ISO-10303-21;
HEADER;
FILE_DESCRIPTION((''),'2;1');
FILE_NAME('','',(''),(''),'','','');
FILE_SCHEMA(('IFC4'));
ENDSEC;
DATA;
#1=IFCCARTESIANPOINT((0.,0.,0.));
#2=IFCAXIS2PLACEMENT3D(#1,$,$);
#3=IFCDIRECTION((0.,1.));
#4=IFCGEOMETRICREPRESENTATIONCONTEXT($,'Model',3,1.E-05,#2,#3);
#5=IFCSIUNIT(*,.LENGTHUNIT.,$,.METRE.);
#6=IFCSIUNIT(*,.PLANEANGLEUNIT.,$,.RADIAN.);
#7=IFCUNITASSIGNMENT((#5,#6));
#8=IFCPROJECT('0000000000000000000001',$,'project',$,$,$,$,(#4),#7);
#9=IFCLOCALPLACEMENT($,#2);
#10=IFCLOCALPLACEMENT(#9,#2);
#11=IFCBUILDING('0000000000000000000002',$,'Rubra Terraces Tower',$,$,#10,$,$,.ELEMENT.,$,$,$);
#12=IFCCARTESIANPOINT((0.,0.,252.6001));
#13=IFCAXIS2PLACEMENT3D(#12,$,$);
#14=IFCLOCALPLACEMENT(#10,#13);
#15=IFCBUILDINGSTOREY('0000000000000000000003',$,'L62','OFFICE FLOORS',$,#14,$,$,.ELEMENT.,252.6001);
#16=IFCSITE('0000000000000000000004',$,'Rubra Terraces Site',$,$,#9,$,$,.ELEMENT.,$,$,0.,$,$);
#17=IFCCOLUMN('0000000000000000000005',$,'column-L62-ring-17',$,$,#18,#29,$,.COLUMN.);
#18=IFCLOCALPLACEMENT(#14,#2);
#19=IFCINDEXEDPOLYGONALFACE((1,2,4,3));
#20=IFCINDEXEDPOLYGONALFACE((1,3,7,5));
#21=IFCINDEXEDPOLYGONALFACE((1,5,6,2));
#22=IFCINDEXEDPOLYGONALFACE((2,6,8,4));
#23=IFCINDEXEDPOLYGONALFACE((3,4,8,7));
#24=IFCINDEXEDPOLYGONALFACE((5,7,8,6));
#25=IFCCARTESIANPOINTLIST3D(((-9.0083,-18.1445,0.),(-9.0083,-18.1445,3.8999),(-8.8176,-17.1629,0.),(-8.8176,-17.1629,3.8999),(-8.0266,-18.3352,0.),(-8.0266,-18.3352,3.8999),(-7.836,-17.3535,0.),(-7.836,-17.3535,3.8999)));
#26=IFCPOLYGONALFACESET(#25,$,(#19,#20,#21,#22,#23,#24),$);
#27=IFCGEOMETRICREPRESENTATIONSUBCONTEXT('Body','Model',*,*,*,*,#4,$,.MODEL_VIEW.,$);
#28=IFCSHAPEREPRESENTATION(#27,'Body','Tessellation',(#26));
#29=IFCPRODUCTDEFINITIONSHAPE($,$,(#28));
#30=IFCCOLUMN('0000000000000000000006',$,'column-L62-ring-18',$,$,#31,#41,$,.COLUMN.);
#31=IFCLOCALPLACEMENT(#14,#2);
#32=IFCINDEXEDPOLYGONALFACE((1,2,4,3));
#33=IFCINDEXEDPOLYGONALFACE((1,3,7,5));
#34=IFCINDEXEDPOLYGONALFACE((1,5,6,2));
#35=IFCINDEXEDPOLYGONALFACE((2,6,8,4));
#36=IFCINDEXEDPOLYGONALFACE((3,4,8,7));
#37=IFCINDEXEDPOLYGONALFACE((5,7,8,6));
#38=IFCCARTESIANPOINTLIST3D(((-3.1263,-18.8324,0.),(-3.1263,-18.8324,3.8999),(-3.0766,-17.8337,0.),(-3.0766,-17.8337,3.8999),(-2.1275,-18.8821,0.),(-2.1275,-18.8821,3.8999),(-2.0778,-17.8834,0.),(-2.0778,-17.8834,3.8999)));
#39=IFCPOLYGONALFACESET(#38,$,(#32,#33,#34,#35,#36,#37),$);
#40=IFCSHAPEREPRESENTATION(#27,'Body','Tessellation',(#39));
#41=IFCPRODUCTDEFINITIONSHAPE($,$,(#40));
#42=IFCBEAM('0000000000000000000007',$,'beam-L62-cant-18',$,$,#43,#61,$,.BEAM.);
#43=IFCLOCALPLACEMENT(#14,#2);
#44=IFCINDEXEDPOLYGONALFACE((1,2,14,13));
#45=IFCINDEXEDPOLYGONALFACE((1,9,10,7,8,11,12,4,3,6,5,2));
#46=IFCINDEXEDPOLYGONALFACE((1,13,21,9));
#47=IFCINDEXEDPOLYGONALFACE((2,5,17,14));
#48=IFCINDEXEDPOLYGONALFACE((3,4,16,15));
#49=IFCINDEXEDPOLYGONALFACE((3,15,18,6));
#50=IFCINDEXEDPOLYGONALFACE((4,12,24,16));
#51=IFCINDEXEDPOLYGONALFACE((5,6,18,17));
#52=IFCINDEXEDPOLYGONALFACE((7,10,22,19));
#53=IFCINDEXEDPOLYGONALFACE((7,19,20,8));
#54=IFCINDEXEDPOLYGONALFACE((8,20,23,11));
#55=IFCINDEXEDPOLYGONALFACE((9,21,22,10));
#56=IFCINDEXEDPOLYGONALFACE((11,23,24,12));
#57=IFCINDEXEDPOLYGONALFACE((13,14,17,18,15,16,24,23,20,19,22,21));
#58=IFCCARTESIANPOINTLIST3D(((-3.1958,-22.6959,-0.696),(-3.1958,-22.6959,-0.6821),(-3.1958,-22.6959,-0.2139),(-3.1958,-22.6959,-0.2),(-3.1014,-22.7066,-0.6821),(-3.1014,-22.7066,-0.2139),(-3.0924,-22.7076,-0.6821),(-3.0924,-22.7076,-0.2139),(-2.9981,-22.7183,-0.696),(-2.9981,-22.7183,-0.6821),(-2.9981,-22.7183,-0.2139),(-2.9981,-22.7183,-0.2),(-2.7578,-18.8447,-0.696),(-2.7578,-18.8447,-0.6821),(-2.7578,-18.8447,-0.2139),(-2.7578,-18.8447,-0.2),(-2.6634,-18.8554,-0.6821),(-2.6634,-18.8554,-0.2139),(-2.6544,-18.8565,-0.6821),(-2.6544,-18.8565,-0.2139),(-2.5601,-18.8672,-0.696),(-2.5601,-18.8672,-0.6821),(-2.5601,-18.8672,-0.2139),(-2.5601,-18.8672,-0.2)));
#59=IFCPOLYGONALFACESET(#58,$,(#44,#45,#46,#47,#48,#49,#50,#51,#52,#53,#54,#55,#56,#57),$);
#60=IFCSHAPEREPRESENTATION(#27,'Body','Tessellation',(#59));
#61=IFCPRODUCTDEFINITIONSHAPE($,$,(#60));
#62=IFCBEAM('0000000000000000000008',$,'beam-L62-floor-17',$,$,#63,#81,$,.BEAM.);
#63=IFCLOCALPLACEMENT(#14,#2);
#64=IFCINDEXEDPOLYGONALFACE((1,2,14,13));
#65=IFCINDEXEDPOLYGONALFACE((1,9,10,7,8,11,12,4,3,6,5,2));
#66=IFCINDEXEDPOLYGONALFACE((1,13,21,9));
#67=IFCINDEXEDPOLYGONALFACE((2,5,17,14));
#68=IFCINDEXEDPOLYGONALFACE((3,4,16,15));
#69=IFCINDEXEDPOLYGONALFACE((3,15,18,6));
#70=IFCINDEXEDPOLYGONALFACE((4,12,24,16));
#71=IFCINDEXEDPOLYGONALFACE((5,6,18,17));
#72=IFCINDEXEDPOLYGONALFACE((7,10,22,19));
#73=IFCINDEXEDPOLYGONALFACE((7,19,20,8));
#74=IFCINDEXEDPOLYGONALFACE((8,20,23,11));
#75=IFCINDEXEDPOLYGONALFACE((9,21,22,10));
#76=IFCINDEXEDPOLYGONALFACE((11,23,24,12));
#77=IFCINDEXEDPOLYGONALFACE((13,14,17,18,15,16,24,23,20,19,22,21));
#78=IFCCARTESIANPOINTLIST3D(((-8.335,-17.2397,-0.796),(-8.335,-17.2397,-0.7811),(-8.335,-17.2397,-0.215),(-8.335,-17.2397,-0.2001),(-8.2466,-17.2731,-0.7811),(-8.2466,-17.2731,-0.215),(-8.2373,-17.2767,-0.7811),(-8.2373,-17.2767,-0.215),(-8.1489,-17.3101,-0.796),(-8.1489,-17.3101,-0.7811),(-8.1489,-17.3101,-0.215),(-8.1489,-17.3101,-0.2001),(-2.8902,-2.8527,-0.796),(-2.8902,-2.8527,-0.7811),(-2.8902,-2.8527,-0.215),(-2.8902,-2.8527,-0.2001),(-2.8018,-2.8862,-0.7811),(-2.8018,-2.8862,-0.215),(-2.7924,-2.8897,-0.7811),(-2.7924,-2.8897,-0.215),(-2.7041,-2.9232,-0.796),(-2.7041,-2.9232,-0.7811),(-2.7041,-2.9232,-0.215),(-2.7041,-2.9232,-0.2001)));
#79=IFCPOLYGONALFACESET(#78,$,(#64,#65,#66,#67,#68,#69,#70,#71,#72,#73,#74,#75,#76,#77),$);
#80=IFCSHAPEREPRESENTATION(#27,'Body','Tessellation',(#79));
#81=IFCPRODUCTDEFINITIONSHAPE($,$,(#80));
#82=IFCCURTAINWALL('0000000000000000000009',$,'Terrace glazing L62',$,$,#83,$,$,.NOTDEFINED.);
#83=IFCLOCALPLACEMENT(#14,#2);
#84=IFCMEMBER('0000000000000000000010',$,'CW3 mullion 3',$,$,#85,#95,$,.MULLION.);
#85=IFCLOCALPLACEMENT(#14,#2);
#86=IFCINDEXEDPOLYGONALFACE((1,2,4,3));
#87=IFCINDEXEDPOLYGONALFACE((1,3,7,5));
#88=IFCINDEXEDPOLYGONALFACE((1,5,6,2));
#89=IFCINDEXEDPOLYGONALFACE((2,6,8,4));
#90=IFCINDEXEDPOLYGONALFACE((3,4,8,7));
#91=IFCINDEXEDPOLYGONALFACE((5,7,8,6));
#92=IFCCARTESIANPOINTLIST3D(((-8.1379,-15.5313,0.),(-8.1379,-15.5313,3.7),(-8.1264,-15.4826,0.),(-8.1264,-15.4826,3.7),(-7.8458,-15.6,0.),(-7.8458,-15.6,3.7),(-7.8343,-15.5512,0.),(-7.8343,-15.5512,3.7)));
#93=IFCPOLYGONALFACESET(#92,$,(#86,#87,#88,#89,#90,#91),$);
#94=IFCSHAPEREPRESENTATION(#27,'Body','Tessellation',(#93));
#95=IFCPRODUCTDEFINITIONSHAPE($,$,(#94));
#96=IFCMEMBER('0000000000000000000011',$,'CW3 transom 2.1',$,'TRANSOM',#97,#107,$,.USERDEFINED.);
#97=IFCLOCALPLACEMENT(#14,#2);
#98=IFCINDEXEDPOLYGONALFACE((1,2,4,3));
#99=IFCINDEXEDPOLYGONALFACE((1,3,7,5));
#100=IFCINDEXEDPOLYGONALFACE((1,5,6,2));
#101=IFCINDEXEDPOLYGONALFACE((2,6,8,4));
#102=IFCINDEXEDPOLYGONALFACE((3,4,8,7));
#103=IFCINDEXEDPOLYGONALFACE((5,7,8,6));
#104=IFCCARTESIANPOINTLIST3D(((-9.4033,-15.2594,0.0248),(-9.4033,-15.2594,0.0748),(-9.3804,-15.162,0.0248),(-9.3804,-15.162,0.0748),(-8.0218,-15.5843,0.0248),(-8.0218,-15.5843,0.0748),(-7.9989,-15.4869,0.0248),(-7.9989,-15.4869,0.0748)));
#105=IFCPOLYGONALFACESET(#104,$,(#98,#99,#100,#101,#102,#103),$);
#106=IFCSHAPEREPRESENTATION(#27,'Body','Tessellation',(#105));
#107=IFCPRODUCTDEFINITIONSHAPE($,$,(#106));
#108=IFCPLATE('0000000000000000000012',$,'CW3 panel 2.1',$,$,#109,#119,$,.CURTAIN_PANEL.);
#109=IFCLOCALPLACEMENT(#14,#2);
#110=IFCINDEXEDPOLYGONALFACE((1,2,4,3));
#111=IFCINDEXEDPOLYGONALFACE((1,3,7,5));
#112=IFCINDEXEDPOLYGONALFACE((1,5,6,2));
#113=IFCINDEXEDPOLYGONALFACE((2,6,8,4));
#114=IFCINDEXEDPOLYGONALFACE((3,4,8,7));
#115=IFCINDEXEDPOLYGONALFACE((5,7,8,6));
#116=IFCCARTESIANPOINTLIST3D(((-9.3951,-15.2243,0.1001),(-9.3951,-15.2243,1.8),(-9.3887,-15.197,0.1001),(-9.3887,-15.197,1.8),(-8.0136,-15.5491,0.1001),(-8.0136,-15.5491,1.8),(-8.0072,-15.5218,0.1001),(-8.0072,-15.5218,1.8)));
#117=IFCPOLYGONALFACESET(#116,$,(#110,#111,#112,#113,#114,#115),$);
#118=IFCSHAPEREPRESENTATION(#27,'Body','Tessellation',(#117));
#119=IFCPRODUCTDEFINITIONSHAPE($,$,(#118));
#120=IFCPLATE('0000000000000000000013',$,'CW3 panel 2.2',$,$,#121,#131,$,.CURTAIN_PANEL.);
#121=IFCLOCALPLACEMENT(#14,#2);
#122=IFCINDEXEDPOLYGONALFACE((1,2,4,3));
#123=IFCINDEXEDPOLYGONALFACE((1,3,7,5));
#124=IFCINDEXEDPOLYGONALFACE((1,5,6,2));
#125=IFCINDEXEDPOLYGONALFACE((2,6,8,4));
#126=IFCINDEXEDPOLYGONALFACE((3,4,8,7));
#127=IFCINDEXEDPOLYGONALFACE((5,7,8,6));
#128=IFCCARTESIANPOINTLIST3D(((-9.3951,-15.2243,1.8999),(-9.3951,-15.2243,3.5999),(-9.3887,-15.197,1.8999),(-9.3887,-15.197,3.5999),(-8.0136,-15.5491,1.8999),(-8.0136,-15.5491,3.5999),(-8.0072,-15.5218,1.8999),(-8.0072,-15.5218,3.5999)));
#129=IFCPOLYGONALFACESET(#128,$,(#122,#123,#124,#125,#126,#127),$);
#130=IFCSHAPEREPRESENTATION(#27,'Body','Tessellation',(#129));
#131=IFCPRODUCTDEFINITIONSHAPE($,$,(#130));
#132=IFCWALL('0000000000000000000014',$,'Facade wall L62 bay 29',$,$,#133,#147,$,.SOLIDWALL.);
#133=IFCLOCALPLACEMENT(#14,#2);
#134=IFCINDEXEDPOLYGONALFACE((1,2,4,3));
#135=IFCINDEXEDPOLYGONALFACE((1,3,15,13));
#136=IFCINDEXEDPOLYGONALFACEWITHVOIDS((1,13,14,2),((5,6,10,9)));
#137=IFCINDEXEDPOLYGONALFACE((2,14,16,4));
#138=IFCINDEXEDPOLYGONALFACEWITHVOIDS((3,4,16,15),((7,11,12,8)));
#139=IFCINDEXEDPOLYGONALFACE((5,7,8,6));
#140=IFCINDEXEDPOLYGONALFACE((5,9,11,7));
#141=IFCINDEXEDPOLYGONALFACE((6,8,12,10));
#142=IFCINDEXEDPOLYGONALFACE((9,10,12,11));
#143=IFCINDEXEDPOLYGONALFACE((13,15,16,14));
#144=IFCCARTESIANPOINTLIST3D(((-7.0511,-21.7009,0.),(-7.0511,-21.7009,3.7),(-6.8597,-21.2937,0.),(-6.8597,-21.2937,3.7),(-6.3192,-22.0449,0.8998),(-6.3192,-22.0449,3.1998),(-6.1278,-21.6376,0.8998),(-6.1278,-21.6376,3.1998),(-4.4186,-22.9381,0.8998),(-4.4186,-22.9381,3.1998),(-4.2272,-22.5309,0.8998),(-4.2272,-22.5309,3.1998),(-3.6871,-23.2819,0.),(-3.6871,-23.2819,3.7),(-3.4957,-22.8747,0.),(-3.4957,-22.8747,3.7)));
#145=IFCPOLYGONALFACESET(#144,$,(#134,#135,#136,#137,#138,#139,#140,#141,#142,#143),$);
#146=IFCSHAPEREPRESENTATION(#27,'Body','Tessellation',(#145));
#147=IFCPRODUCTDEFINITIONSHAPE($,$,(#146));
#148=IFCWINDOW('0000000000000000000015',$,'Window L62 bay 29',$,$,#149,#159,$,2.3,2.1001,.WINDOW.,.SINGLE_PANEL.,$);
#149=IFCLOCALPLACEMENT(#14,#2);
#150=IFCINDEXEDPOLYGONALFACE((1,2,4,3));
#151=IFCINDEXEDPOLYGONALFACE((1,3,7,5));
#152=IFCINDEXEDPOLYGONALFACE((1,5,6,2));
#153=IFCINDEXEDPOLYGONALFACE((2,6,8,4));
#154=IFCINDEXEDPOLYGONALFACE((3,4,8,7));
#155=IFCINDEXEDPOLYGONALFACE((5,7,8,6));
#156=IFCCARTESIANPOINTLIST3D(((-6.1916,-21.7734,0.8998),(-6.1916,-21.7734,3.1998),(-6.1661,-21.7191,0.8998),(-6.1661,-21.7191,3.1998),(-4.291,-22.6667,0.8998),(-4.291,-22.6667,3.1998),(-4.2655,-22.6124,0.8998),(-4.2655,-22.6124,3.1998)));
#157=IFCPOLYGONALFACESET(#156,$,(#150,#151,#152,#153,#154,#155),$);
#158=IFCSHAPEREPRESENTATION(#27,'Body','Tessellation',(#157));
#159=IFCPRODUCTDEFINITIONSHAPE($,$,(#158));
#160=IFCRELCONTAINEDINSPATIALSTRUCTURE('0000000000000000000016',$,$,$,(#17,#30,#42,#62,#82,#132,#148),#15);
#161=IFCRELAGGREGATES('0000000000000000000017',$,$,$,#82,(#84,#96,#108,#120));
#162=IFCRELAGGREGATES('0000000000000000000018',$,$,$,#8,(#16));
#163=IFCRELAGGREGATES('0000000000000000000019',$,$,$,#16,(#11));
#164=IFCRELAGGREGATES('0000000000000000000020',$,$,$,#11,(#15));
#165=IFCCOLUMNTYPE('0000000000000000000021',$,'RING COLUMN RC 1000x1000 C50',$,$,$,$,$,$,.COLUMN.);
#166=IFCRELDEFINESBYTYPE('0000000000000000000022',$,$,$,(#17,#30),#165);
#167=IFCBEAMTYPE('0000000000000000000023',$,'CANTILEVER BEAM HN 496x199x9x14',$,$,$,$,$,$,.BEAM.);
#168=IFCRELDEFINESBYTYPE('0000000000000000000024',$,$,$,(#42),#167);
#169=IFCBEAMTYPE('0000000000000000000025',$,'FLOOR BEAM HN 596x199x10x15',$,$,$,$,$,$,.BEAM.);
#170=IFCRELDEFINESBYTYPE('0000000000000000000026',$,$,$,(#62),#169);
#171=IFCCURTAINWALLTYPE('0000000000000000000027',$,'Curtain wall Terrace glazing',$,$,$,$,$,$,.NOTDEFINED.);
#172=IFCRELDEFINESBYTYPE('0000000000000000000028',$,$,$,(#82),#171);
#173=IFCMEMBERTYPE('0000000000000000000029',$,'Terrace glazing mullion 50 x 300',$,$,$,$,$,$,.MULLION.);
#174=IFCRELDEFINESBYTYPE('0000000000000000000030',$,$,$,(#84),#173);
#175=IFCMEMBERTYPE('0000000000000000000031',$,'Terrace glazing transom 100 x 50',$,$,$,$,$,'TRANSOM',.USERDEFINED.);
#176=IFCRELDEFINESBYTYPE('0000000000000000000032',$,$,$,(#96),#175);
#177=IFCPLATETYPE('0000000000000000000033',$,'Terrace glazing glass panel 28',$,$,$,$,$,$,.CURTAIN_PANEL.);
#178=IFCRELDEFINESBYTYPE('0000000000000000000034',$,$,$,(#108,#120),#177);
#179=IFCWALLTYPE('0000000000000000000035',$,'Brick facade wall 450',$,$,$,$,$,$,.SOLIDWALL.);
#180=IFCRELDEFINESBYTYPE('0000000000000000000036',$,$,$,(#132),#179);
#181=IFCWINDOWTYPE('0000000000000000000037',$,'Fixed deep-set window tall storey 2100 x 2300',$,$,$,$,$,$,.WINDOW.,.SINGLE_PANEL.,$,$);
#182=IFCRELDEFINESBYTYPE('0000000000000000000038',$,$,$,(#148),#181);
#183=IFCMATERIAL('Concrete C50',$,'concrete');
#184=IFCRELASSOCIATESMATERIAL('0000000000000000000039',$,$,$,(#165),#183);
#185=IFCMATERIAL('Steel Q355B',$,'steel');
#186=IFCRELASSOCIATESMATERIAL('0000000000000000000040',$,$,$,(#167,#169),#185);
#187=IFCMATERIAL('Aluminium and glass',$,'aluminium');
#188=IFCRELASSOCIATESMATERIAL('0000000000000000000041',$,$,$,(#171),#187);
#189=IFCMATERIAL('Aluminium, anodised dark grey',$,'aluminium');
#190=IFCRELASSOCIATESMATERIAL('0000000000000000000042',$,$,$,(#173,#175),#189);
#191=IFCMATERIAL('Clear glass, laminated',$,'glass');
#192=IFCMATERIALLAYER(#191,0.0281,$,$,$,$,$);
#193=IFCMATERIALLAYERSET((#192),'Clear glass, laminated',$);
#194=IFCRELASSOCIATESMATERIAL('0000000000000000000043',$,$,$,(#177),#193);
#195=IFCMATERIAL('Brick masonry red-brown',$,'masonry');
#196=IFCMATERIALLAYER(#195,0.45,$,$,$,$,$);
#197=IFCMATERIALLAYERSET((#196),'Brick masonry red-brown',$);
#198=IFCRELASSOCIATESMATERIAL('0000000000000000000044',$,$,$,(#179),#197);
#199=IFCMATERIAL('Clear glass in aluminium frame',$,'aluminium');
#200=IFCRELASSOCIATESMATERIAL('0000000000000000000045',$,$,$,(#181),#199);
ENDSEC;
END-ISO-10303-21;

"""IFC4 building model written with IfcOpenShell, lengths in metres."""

from ifc_helpers import new_model, si_unit, direction, frame, frame_2d, origin, origin_2d, place, context, subcontext, project, spatial, rectangle, i_section, extrude, material, layer, layer_set, material_profile, profile_set, type_object, element, fill, aggregate, save


model = new_model("IFC4")

# Units and contexts
model_context = context("Model", 3, precision=1e-05, world=origin(), true_north=direction((0.0, 1.0)))
body_context = subcontext(model_context, "Body", "Model", "MODEL_VIEW")
ifc_project = project(units=[si_unit("LENGTHUNIT", "METRE"), si_unit("PLANEANGLEUNIT", "RADIAN")], contexts=[model_context])

# Site, building, storey
site_placement = place(None, origin())
site = spatial("IfcSite", under=ifc_project, at=site_placement, Name="Rubra Terraces Site", CompositionType="ELEMENT", RefElevation=0.0)
building_placement = place(site_placement, origin())
building = spatial("IfcBuilding", under=site, at=building_placement, Name="Rubra Terraces Tower", CompositionType="ELEMENT")
storey_placement = place(building_placement, frame((0.0, 0.0, 252.6001)))
storey = spatial("IfcBuildingStorey", under=building, at=storey_placement, Name="L62", Description="OFFICE FLOORS", CompositionType="ELEMENT", Elevation=252.6001)

# Columns
ifc_material_1 = material(Name="Concrete C50", Category="concrete")
ifc_material_profile_1 = material_profile(ifc_material_1, rectangle(XDim=1.0, YDim=1.0, at=origin_2d()), Name="RC 1000x1000")
ifc_profile_set_1 = profile_set([ifc_material_profile_1], Name="Concrete C50")
column_type = type_object("IfcColumnType", Name="RING COLUMN RC 1000x1000 C50", PredefinedType="COLUMN", material=ifc_profile_set_1)
for number, where, z_axis, x_axis, name in (
    (1, (-8.4221, -17.749, 0.0), (0.0, 0.0, 1.0), (0.981655, -0.190668, 0.0), "column-L62-ring-17"),
    (2, (-2.6021, -18.3579, 0.0), (0.0, 0.0, 1.0), (0.998764, -0.049699, 0.0), "column-L62-ring-18"),
):
    element("IfcColumn", number, at=place(storey_placement, frame(where, z_axis=z_axis, x_axis=x_axis)), inside=storey, type_object=column_type, Name=name, PredefinedType="COLUMN", context=body_context, shape_type="SweptSolid", body=[
        extrude(rectangle(XDim=1.0, YDim=1.0, at=origin_2d()), origin(), (0.0, 0.0, 1.0), 3.8999),
    ])

# Beams
ifc_material_2 = material(Name="Steel Q355B", Category="steel")
ifc_material_profile_2 = material_profile(ifc_material_2, i_section(OverallWidth=0.199, OverallDepth=0.4961, WebThickness=0.009, FlangeThickness=0.0139, at=origin_2d()), Name="HN 496x199x9x14")
ifc_profile_set_2 = profile_set([ifc_material_profile_2], Name="Steel Q355B")
beam_type_1 = type_object("IfcBeamType", Name="CANTILEVER BEAM HN 496x199x9x14", PredefinedType="BEAM", material=ifc_profile_set_2)
beam_1_placement = place(storey_placement, frame((-2.6589, -18.856, -0.448), z_axis=(-0.113003, -0.993595, 0.0), x_axis=(0.993595, -0.113003, 0.0)))
element("IfcBeam", 3, at=beam_1_placement, inside=storey, type_object=beam_type_1, Name="beam-L62-cant-18", PredefinedType="BEAM", context=body_context, shape_type="SweptSolid", body=[
    extrude(i_section(OverallWidth=0.199, OverallDepth=0.4961, WebThickness=0.009, FlangeThickness=0.0139, at=origin_2d()), origin(), (0.0, 0.0, 1.0), 3.876),
])
ifc_material_profile_3 = material_profile(ifc_material_2, i_section(OverallWidth=0.199, OverallDepth=0.5959, WebThickness=0.01, FlangeThickness=0.0149, at=origin_2d()), Name="HN 596x199x10x15")
ifc_profile_set_3 = profile_set([ifc_material_profile_3], Name="Steel Q355B")
beam_type_2 = type_object("IfcBeamType", Name="FLOOR BEAM HN 596x199x10x15", PredefinedType="BEAM", material=ifc_profile_set_3)
beam_2_placement = place(storey_placement, frame((-8.2419, -17.2749, -0.498), z_axis=(0.353955, 0.935262, 0.0), x_axis=(-0.935262, 0.353955, 0.0)))
element("IfcBeam", 4, at=beam_2_placement, inside=storey, type_object=beam_type_2, Name="beam-L62-floor-17", PredefinedType="BEAM", context=body_context, shape_type="SweptSolid", body=[
    extrude(i_section(OverallWidth=0.199, OverallDepth=0.5959, WebThickness=0.01, FlangeThickness=0.0149, at=origin_2d()), origin(), (0.0, 0.0, 1.0), 15.3828),
])

# Curtain wall, members, plates
ifc_material_3 = material(Name="Aluminium and glass", Category="aluminium")
curtain_wall_type = type_object("IfcCurtainWallType", Name="Curtain wall Terrace glazing", PredefinedType="NOTDEFINED", material=ifc_material_3)
curtain_wall_placement = place(storey_placement, origin())
curtain_wall = element("IfcCurtainWall", 5, at=curtain_wall_placement, inside=storey, type_object=curtain_wall_type, Name="Terrace glazing L62", PredefinedType="NOTDEFINED")
ifc_material_4 = material(Name="Aluminium, anodised dark grey", Category="aluminium")
ifc_material_profile_4 = material_profile(ifc_material_4, rectangle(XDim=0.05, YDim=0.3, at=origin_2d()), Name="AL 50x300")
ifc_profile_set_4 = profile_set([ifc_material_profile_4], Name="Aluminium, anodised dark grey")
member_type_1 = type_object("IfcMemberType", Name="Terrace glazing mullion 50 x 300", PredefinedType="MULLION", material=ifc_profile_set_4)
member_1_placement = place(storey_placement, frame((-7.9861, -15.5413, 0.0), z_axis=(0.0, 0.0, 1.0), x_axis=(0.22889, 0.973452, 0.0)))
member_1 = element("IfcMember", 6, at=member_1_placement, type_object=member_type_1, Name="CW3 mullion 3", PredefinedType="MULLION", context=body_context, shape_type="SweptSolid", body=[
    extrude(rectangle(XDim=0.05, YDim=0.3, at=origin_2d()), origin(), (0.0, 0.0, 1.0), 3.7),
])
ifc_material_profile_5 = material_profile(ifc_material_4, rectangle(XDim=0.1001, YDim=0.05, at=origin_2d()), Name="AL 100x50")
ifc_profile_set_5 = profile_set([ifc_material_profile_5], Name="Aluminium, anodised dark grey")
member_type_2 = type_object("IfcMemberType", Name="Terrace glazing transom 100 x 50", ElementType="TRANSOM", PredefinedType="USERDEFINED", material=ifc_profile_set_5)
member_2_placement = place(storey_placement, frame((-9.3918, -15.2107, 0.0498), z_axis=(0.973437, -0.228953, 0.0), x_axis=(0.228953, 0.973437, 0.0)))
member_2 = element("IfcMember", 7, at=member_2_placement, type_object=member_type_2, Name="CW3 transom 2.1", ObjectType="TRANSOM", PredefinedType="USERDEFINED", context=body_context, shape_type="SweptSolid", body=[
    extrude(rectangle(XDim=0.1001, YDim=0.05, at=origin_2d()), origin(), (0.0, 0.0, 1.0), 1.4192),
])
ifc_material_5 = material(Name="Clear glass, laminated", Category="glass")
ifc_layer_1 = layer(ifc_material_5, 0.0281)
ifc_layer_set_1 = layer_set([ifc_layer_1], Name="Clear glass, laminated")
plate_type = type_object("IfcPlateType", Name="Terrace glazing glass panel 28", PredefinedType="CURTAIN_PANEL", material=ifc_layer_set_1)
plate_1_placement = place(storey_placement, frame((-8.7012, -15.373, 0.1001), z_axis=(0.0, 0.0, 1.0), x_axis=(0.973452, -0.22889, 0.0)))
plate_1 = element("IfcPlate", 8, at=plate_1_placement, type_object=plate_type, Name="CW3 panel 2.1", PredefinedType="CURTAIN_PANEL", context=body_context, shape_type="SweptSolid", body=[
    extrude(rectangle(XDim=1.4192, YDim=0.0281, at=origin_2d()), origin(), (0.0, 0.0, 1.0), 1.7),
])
plate_2_placement = place(storey_placement, frame((-8.7012, -15.373, 1.8999), z_axis=(0.0, 0.0, 1.0), x_axis=(0.973452, -0.22889, 0.0)))
plate_2 = element("IfcPlate", 9, at=plate_2_placement, type_object=plate_type, Name="CW3 panel 2.2", PredefinedType="CURTAIN_PANEL", context=body_context, shape_type="SweptSolid", body=[
    extrude(rectangle(XDim=1.4192, YDim=0.0281, at=origin_2d()), origin(), (0.0, 0.0, 1.0), 1.7),
])
aggregate(curtain_wall, [member_1, member_2, plate_1, plate_2])

# Wall, opening, window
ifc_material_6 = material(Name="Brick masonry red-brown", Category="masonry")
ifc_layer_2 = layer(ifc_material_6, 0.45)
ifc_layer_set_2 = layer_set([ifc_layer_2], Name="Brick masonry red-brown")
wall_type_1 = type_object("IfcWallType", Name="Brick facade wall 450", PredefinedType="SOLIDWALL", material=ifc_layer_set_2)
wall_1_placement = place(storey_placement, frame((-6.9553, -21.4973, 0.0), z_axis=(0.0, 0.0, 1.0), x_axis=(0.905027, -0.425354, 0.0)))
wall_1 = element("IfcWall", 10, at=wall_1_placement, inside=storey, type_object=wall_type_1, Name="Facade wall L62 bay 29", PredefinedType="SOLIDWALL", context=body_context, shape_type="SweptSolid", body=[
    extrude(rectangle(XDim=3.717, YDim=0.45, at=frame_2d((1.8584, 0.0))), origin(), (0.0, 0.0, 1.0), 3.7),
])
opening_1_placement = place(wall_1_placement, frame((0.8086, 0.0, 0.8999)))
opening_1 = element("IfcOpeningElement", 11, at=opening_1_placement, cuts=wall_1, PredefinedType="OPENING", context=body_context, shape_type="SweptSolid", body=[
    extrude(rectangle(XDim=2.1001, YDim=2.3, at=frame_2d((1.05, 1.1499))), frame((0.0, 0.2349, 0.0), z_axis=(0.0, -1.0, 0.0), x_axis=(1.0, 0.0, 0.0)), (0.0, 0.0, 1.0), 0.47),
])
ifc_material_7 = material(Name="Clear glass in aluminium frame", Category="aluminium")
window_type = type_object("IfcWindowType", Name="Fixed deep-set window tall storey 2100 x 2300", PartitioningType="SINGLE_PANEL", PredefinedType="WINDOW", material=ifc_material_7)
window_1_placement = place(opening_1_placement, origin())
window_1 = element("IfcWindow", 12, at=window_1_placement, inside=storey, type_object=window_type, Name="Window L62 bay 29", OverallHeight=2.3, OverallWidth=2.1001, PartitioningType="SINGLE_PANEL", PredefinedType="WINDOW", context=body_context, shape_type="SweptSolid", body=[
    extrude(rectangle(XDim=2.1001, YDim=2.3, at=frame_2d((1.05, 1.1499))), frame((0.0, 0.135, 0.0), z_axis=(0.0, -1.0, 0.0), x_axis=(1.0, 0.0, 0.0)), (0.0, 0.0, 1.0), 0.0601),
])
fill(opening_1, window_1)

save(model, "model.ifc")
